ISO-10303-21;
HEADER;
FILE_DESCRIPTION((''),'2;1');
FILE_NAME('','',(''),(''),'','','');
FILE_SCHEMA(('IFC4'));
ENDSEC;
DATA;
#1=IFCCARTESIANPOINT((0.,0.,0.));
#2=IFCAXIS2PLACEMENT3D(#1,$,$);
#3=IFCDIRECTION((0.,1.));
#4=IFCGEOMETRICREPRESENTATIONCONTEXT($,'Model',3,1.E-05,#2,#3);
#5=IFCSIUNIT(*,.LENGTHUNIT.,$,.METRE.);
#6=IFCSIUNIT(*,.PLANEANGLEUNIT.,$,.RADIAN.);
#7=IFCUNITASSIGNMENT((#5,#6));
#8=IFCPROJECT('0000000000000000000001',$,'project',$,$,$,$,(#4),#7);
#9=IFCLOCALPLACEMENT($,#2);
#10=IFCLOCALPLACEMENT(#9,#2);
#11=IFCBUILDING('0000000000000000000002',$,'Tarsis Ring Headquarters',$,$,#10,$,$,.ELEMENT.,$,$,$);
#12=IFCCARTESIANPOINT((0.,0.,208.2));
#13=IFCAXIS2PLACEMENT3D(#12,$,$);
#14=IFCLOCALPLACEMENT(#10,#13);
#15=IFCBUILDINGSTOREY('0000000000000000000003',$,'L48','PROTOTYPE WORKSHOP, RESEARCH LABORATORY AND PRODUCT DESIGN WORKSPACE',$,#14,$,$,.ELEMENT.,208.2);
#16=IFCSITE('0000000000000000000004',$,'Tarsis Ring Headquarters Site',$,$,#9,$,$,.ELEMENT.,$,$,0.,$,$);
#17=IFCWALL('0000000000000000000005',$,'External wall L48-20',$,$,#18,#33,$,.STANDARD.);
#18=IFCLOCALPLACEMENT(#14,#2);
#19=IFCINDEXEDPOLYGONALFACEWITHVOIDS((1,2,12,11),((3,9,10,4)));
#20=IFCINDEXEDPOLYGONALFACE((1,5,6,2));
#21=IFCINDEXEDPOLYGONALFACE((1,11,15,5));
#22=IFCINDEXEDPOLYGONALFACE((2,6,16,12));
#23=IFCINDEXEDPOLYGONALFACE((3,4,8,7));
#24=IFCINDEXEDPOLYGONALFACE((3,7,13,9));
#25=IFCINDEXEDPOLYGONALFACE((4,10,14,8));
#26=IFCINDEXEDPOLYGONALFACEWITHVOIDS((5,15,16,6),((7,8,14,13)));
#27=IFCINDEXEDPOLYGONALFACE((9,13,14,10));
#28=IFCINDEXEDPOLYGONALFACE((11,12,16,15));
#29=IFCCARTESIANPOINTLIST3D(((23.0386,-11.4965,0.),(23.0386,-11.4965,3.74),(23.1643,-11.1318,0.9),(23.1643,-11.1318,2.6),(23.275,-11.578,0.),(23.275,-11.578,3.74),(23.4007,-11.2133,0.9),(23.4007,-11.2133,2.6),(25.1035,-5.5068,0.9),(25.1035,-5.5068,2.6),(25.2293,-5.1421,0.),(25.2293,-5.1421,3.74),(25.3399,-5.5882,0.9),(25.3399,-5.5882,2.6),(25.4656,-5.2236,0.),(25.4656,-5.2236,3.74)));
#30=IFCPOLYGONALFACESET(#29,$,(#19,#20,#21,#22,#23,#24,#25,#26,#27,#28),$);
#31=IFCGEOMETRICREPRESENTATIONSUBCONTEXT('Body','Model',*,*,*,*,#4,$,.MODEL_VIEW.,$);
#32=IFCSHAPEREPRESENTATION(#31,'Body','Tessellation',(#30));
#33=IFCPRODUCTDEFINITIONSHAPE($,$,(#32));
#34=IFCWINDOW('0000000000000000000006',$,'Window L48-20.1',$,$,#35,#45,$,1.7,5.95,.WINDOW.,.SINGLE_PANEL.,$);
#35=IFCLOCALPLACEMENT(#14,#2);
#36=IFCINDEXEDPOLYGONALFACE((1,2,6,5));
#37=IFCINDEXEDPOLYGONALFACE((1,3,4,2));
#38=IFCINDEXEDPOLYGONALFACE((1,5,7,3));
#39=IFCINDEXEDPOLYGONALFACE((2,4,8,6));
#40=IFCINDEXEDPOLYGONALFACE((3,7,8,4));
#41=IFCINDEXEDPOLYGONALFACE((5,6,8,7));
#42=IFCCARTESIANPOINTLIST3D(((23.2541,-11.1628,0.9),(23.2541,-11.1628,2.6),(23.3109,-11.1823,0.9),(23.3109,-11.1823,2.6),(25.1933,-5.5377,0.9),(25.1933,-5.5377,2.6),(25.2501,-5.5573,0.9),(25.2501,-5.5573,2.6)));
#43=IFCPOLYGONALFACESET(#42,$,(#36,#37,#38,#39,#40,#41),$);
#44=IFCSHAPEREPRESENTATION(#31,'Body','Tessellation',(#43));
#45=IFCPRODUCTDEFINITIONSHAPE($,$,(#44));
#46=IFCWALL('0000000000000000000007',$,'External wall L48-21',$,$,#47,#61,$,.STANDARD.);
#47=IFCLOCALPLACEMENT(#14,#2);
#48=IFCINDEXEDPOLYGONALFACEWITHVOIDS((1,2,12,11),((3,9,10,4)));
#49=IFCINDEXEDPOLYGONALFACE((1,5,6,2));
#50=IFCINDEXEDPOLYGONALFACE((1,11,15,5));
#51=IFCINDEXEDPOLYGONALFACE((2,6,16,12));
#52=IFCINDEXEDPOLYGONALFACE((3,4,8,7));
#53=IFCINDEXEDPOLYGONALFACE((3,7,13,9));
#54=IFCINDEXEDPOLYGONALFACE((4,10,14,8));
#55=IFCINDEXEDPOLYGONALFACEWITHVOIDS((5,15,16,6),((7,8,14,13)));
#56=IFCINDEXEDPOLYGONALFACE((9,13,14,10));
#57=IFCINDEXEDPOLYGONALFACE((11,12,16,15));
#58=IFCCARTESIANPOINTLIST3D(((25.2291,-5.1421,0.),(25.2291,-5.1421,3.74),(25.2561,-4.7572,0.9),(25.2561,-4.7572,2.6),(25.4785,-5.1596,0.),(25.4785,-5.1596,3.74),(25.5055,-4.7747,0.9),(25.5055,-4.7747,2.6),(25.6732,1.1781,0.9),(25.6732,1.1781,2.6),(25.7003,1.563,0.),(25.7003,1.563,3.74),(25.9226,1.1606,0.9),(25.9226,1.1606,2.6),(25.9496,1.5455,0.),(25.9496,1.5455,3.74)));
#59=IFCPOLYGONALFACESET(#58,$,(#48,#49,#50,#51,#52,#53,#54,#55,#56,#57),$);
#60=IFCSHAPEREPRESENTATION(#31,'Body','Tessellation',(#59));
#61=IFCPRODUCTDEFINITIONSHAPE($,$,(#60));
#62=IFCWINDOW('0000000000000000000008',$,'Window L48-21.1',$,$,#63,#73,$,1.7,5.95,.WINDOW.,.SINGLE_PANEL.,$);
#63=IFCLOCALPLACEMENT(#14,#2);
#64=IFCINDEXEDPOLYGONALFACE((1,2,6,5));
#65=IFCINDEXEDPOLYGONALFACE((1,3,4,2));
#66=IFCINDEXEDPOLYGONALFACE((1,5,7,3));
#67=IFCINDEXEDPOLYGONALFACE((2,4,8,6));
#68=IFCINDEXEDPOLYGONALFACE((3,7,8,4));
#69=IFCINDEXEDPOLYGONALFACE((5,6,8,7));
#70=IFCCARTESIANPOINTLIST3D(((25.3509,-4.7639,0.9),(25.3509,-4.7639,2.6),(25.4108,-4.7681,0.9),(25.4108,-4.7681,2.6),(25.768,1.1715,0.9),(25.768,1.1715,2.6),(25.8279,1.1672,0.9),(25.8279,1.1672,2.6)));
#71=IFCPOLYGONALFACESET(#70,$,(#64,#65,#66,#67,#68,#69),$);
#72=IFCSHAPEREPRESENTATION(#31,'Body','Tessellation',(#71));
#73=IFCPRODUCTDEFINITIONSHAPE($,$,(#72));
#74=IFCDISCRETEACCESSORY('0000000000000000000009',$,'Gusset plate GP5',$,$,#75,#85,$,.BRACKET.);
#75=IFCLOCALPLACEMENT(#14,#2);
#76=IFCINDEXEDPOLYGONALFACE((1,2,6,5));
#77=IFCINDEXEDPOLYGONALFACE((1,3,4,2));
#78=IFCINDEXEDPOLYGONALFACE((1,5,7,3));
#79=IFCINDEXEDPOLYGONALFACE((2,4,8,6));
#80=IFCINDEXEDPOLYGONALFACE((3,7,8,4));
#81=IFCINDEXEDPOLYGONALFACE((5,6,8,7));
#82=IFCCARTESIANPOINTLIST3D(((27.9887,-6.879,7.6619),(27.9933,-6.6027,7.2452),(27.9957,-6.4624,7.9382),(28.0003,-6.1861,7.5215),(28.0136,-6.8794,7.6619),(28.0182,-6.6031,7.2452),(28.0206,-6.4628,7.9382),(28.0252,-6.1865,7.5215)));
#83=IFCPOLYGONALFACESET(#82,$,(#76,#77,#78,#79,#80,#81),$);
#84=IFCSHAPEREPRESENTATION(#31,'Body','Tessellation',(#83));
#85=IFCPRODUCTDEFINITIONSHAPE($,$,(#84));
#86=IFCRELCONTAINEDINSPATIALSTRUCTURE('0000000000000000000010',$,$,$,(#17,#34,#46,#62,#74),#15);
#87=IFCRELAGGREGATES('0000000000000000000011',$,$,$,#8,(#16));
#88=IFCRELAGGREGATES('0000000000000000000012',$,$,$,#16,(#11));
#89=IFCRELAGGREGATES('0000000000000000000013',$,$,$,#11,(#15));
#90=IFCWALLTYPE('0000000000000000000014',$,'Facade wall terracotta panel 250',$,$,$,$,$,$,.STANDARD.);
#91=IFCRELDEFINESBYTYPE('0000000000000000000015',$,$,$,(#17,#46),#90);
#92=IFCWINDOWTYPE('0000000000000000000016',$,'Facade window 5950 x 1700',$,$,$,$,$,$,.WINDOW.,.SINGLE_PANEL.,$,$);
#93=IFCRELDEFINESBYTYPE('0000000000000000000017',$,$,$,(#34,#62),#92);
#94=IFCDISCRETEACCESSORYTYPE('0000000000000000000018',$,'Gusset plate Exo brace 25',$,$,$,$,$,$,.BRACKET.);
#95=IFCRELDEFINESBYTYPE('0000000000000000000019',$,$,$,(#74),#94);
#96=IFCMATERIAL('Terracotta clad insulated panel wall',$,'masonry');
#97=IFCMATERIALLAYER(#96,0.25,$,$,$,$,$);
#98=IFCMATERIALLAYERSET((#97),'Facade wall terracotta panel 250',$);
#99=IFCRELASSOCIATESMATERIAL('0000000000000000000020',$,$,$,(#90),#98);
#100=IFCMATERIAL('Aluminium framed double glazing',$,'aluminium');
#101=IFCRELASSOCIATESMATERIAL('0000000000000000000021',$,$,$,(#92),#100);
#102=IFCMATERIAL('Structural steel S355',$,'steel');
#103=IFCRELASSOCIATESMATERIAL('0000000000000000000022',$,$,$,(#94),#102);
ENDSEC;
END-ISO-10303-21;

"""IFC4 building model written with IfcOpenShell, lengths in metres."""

from ifc_helpers import new_model, si_unit, direction, frame, frame_2d, origin, origin_2d, place, context, subcontext, project, spatial, rectangle, extrude, material, layer, layer_set, material_profile, profile_set, type_object, element, fill, save


model = new_model("IFC4")

# Units and contexts
model_context = context("Model", 3, precision=1e-05, world=origin(), true_north=direction((0.0, 1.0)))
body_context = subcontext(model_context, "Body", "Model", "MODEL_VIEW")
ifc_project = project(units=[si_unit("LENGTHUNIT", "METRE"), si_unit("PLANEANGLEUNIT", "RADIAN")], contexts=[model_context])

# Site, building, storey
site_placement = place(None, origin())
site = spatial("IfcSite", under=ifc_project, at=site_placement, Name="Tarsis Ring Headquarters Site", CompositionType="ELEMENT", RefElevation=0.0)
building_placement = place(site_placement, origin())
building = spatial("IfcBuilding", under=site, at=building_placement, Name="Tarsis Ring Headquarters", CompositionType="ELEMENT")
storey_placement = place(building_placement, frame((0.0, 0.0, 208.2)))
storey = spatial("IfcBuildingStorey", under=building, at=storey_placement, Name="L48", Description="PROTOTYPE WORKSHOP, RESEARCH LABORATORY AND PRODUCT DESIGN WORKSPACE", CompositionType="ELEMENT", Elevation=208.2)

# Shared definitions
ifc_material_1 = material(Name="Structural steel S355", Category="steel")

# Walls, openings, windows
ifc_material_2 = material(Name="Terracotta clad insulated panel wall", Category="masonry")
ifc_layer_1 = layer(ifc_material_2, 0.25)
ifc_layer_set_1 = layer_set([ifc_layer_1], Name="Facade wall terracotta panel 250")
wall_type_1 = type_object("IfcWallType", Name="Facade wall terracotta panel 250", PredefinedType="STANDARD", material=ifc_layer_set_1)
wall_1_placement = place(storey_placement, frame((23.1567, -11.5374, 0.0), z_axis=(0.0, 0.0, 1.0), x_axis=(0.32592, 0.945397, 0.0)))
wall_1 = element("IfcWall", 1, at=wall_1_placement, inside=storey, type_object=wall_type_1, Name="External wall L48-20", PredefinedType="STANDARD", context=body_context, shape_type="SweptSolid", body=[
    extrude(rectangle(XDim=6.7214, YDim=0.25, at=frame_2d((3.3608, 0.0))), origin(), (0.0, 0.0, 1.0), 3.74),
])
opening_1_placement = place(wall_1_placement, frame((0.3857, 0.0, 0.8999)))
opening_1 = element("IfcOpeningElement", 2, at=opening_1_placement, cuts=wall_1, PredefinedType="OPENING", context=body_context, shape_type="SweptSolid", body=[
    extrude(rectangle(XDim=5.95, YDim=1.7, at=frame_2d((2.9751, 0.8501))), frame((0.0, 0.135, 0.0), z_axis=(0.0, -1.0, 0.0), x_axis=(1.0, 0.0, 0.0)), (0.0, 0.0, 1.0), 0.27),
])
ifc_material_3 = material(Name="Aluminium framed double glazing", Category="aluminium")
window_type = type_object("IfcWindowType", Name="Facade window 5950 x 1700", PartitioningType="SINGLE_PANEL", PredefinedType="WINDOW", material=ifc_material_3)
window_1_placement = place(opening_1_placement, origin())
window_1 = element("IfcWindow", 3, at=window_1_placement, inside=storey, type_object=window_type, Name="Window L48-20.1", OverallHeight=1.7, OverallWidth=5.95, PartitioningType="SINGLE_PANEL", PredefinedType="WINDOW", context=body_context, shape_type="SweptSolid", body=[
    extrude(rectangle(XDim=5.95, YDim=1.7, at=frame_2d((2.9751, 0.8501))), frame((0.0, 0.03, 0.0), z_axis=(0.0, -1.0, 0.0), x_axis=(1.0, 0.0, 0.0)), (0.0, 0.0, 1.0), 0.0601),
])
fill(opening_1, window_1)
wall_2_placement = place(storey_placement, frame((25.3538, -5.1509, 0.0), z_axis=(0.0, 0.0, 1.0), x_axis=(0.070101, 0.99754, 0.0)))
wall_2 = element("IfcWall", 4, at=wall_2_placement, inside=storey, type_object=wall_type_1, Name="External wall L48-21", PredefinedType="STANDARD", context=body_context, shape_type="SweptSolid", body=[
    extrude(rectangle(XDim=6.7217, YDim=0.25, at=frame_2d((3.3608, 0.0))), origin(), (0.0, 0.0, 1.0), 3.74),
])
opening_2_placement = place(wall_2_placement, frame((0.3857, 0.0, 0.8999)))
opening_2 = element("IfcOpeningElement", 5, at=opening_2_placement, cuts=wall_2, PredefinedType="OPENING", context=body_context, shape_type="SweptSolid", body=[
    extrude(rectangle(XDim=5.95, YDim=1.7, at=frame_2d((2.9751, 0.8501))), frame((0.0, 0.135, 0.0), z_axis=(0.0, -1.0, 0.0), x_axis=(1.0, 0.0, 0.0)), (0.0, 0.0, 1.0), 0.27),
])
window_2_placement = place(opening_2_placement, origin())
window_2 = element("IfcWindow", 6, at=window_2_placement, inside=storey, type_object=window_type, Name="Window L48-21.1", OverallHeight=1.7, OverallWidth=5.95, PartitioningType="SINGLE_PANEL", PredefinedType="WINDOW", context=body_context, shape_type="SweptSolid", body=[
    extrude(rectangle(XDim=5.95, YDim=1.7, at=frame_2d((2.9751, 0.8501))), frame((0.0, 0.03, 0.0), z_axis=(0.0, -1.0, 0.0), x_axis=(1.0, 0.0, 0.0)), (0.0, 0.0, 1.0), 0.0601),
])
fill(opening_2, window_2)

# Discrete accessory
ifc_material_profile_1 = material_profile(ifc_material_1, rectangle(XDim=0.0249, YDim=0.5, at=origin_2d()), Name="PL 25x500")
ifc_profile_set_1 = profile_set([ifc_material_profile_1], Name="Structural steel S355")
discrete_accessory_type = type_object("IfcDiscreteAccessoryType", Name="Gusset plate Exo brace 25", PredefinedType="BRACKET", material=ifc_profile_set_1)
discrete_accessory_placement = place(storey_placement, frame((28.0046, -6.6709, 7.8), z_axis=(0.009276, 0.552647, -0.833364), x_axis=(-0.999859, 0.016782, 0.0)))
element("IfcDiscreteAccessory", 7, at=discrete_accessory_placement, inside=storey, type_object=discrete_accessory_type, Name="Gusset plate GP5", PredefinedType="BRACKET", context=body_context, shape_type="SweptSolid", body=[
    extrude(rectangle(XDim=0.0249, YDim=0.5, at=origin_2d()), origin(), (0.0, 0.0, 1.0), 0.5),
])

save(model, "model.ifc")
